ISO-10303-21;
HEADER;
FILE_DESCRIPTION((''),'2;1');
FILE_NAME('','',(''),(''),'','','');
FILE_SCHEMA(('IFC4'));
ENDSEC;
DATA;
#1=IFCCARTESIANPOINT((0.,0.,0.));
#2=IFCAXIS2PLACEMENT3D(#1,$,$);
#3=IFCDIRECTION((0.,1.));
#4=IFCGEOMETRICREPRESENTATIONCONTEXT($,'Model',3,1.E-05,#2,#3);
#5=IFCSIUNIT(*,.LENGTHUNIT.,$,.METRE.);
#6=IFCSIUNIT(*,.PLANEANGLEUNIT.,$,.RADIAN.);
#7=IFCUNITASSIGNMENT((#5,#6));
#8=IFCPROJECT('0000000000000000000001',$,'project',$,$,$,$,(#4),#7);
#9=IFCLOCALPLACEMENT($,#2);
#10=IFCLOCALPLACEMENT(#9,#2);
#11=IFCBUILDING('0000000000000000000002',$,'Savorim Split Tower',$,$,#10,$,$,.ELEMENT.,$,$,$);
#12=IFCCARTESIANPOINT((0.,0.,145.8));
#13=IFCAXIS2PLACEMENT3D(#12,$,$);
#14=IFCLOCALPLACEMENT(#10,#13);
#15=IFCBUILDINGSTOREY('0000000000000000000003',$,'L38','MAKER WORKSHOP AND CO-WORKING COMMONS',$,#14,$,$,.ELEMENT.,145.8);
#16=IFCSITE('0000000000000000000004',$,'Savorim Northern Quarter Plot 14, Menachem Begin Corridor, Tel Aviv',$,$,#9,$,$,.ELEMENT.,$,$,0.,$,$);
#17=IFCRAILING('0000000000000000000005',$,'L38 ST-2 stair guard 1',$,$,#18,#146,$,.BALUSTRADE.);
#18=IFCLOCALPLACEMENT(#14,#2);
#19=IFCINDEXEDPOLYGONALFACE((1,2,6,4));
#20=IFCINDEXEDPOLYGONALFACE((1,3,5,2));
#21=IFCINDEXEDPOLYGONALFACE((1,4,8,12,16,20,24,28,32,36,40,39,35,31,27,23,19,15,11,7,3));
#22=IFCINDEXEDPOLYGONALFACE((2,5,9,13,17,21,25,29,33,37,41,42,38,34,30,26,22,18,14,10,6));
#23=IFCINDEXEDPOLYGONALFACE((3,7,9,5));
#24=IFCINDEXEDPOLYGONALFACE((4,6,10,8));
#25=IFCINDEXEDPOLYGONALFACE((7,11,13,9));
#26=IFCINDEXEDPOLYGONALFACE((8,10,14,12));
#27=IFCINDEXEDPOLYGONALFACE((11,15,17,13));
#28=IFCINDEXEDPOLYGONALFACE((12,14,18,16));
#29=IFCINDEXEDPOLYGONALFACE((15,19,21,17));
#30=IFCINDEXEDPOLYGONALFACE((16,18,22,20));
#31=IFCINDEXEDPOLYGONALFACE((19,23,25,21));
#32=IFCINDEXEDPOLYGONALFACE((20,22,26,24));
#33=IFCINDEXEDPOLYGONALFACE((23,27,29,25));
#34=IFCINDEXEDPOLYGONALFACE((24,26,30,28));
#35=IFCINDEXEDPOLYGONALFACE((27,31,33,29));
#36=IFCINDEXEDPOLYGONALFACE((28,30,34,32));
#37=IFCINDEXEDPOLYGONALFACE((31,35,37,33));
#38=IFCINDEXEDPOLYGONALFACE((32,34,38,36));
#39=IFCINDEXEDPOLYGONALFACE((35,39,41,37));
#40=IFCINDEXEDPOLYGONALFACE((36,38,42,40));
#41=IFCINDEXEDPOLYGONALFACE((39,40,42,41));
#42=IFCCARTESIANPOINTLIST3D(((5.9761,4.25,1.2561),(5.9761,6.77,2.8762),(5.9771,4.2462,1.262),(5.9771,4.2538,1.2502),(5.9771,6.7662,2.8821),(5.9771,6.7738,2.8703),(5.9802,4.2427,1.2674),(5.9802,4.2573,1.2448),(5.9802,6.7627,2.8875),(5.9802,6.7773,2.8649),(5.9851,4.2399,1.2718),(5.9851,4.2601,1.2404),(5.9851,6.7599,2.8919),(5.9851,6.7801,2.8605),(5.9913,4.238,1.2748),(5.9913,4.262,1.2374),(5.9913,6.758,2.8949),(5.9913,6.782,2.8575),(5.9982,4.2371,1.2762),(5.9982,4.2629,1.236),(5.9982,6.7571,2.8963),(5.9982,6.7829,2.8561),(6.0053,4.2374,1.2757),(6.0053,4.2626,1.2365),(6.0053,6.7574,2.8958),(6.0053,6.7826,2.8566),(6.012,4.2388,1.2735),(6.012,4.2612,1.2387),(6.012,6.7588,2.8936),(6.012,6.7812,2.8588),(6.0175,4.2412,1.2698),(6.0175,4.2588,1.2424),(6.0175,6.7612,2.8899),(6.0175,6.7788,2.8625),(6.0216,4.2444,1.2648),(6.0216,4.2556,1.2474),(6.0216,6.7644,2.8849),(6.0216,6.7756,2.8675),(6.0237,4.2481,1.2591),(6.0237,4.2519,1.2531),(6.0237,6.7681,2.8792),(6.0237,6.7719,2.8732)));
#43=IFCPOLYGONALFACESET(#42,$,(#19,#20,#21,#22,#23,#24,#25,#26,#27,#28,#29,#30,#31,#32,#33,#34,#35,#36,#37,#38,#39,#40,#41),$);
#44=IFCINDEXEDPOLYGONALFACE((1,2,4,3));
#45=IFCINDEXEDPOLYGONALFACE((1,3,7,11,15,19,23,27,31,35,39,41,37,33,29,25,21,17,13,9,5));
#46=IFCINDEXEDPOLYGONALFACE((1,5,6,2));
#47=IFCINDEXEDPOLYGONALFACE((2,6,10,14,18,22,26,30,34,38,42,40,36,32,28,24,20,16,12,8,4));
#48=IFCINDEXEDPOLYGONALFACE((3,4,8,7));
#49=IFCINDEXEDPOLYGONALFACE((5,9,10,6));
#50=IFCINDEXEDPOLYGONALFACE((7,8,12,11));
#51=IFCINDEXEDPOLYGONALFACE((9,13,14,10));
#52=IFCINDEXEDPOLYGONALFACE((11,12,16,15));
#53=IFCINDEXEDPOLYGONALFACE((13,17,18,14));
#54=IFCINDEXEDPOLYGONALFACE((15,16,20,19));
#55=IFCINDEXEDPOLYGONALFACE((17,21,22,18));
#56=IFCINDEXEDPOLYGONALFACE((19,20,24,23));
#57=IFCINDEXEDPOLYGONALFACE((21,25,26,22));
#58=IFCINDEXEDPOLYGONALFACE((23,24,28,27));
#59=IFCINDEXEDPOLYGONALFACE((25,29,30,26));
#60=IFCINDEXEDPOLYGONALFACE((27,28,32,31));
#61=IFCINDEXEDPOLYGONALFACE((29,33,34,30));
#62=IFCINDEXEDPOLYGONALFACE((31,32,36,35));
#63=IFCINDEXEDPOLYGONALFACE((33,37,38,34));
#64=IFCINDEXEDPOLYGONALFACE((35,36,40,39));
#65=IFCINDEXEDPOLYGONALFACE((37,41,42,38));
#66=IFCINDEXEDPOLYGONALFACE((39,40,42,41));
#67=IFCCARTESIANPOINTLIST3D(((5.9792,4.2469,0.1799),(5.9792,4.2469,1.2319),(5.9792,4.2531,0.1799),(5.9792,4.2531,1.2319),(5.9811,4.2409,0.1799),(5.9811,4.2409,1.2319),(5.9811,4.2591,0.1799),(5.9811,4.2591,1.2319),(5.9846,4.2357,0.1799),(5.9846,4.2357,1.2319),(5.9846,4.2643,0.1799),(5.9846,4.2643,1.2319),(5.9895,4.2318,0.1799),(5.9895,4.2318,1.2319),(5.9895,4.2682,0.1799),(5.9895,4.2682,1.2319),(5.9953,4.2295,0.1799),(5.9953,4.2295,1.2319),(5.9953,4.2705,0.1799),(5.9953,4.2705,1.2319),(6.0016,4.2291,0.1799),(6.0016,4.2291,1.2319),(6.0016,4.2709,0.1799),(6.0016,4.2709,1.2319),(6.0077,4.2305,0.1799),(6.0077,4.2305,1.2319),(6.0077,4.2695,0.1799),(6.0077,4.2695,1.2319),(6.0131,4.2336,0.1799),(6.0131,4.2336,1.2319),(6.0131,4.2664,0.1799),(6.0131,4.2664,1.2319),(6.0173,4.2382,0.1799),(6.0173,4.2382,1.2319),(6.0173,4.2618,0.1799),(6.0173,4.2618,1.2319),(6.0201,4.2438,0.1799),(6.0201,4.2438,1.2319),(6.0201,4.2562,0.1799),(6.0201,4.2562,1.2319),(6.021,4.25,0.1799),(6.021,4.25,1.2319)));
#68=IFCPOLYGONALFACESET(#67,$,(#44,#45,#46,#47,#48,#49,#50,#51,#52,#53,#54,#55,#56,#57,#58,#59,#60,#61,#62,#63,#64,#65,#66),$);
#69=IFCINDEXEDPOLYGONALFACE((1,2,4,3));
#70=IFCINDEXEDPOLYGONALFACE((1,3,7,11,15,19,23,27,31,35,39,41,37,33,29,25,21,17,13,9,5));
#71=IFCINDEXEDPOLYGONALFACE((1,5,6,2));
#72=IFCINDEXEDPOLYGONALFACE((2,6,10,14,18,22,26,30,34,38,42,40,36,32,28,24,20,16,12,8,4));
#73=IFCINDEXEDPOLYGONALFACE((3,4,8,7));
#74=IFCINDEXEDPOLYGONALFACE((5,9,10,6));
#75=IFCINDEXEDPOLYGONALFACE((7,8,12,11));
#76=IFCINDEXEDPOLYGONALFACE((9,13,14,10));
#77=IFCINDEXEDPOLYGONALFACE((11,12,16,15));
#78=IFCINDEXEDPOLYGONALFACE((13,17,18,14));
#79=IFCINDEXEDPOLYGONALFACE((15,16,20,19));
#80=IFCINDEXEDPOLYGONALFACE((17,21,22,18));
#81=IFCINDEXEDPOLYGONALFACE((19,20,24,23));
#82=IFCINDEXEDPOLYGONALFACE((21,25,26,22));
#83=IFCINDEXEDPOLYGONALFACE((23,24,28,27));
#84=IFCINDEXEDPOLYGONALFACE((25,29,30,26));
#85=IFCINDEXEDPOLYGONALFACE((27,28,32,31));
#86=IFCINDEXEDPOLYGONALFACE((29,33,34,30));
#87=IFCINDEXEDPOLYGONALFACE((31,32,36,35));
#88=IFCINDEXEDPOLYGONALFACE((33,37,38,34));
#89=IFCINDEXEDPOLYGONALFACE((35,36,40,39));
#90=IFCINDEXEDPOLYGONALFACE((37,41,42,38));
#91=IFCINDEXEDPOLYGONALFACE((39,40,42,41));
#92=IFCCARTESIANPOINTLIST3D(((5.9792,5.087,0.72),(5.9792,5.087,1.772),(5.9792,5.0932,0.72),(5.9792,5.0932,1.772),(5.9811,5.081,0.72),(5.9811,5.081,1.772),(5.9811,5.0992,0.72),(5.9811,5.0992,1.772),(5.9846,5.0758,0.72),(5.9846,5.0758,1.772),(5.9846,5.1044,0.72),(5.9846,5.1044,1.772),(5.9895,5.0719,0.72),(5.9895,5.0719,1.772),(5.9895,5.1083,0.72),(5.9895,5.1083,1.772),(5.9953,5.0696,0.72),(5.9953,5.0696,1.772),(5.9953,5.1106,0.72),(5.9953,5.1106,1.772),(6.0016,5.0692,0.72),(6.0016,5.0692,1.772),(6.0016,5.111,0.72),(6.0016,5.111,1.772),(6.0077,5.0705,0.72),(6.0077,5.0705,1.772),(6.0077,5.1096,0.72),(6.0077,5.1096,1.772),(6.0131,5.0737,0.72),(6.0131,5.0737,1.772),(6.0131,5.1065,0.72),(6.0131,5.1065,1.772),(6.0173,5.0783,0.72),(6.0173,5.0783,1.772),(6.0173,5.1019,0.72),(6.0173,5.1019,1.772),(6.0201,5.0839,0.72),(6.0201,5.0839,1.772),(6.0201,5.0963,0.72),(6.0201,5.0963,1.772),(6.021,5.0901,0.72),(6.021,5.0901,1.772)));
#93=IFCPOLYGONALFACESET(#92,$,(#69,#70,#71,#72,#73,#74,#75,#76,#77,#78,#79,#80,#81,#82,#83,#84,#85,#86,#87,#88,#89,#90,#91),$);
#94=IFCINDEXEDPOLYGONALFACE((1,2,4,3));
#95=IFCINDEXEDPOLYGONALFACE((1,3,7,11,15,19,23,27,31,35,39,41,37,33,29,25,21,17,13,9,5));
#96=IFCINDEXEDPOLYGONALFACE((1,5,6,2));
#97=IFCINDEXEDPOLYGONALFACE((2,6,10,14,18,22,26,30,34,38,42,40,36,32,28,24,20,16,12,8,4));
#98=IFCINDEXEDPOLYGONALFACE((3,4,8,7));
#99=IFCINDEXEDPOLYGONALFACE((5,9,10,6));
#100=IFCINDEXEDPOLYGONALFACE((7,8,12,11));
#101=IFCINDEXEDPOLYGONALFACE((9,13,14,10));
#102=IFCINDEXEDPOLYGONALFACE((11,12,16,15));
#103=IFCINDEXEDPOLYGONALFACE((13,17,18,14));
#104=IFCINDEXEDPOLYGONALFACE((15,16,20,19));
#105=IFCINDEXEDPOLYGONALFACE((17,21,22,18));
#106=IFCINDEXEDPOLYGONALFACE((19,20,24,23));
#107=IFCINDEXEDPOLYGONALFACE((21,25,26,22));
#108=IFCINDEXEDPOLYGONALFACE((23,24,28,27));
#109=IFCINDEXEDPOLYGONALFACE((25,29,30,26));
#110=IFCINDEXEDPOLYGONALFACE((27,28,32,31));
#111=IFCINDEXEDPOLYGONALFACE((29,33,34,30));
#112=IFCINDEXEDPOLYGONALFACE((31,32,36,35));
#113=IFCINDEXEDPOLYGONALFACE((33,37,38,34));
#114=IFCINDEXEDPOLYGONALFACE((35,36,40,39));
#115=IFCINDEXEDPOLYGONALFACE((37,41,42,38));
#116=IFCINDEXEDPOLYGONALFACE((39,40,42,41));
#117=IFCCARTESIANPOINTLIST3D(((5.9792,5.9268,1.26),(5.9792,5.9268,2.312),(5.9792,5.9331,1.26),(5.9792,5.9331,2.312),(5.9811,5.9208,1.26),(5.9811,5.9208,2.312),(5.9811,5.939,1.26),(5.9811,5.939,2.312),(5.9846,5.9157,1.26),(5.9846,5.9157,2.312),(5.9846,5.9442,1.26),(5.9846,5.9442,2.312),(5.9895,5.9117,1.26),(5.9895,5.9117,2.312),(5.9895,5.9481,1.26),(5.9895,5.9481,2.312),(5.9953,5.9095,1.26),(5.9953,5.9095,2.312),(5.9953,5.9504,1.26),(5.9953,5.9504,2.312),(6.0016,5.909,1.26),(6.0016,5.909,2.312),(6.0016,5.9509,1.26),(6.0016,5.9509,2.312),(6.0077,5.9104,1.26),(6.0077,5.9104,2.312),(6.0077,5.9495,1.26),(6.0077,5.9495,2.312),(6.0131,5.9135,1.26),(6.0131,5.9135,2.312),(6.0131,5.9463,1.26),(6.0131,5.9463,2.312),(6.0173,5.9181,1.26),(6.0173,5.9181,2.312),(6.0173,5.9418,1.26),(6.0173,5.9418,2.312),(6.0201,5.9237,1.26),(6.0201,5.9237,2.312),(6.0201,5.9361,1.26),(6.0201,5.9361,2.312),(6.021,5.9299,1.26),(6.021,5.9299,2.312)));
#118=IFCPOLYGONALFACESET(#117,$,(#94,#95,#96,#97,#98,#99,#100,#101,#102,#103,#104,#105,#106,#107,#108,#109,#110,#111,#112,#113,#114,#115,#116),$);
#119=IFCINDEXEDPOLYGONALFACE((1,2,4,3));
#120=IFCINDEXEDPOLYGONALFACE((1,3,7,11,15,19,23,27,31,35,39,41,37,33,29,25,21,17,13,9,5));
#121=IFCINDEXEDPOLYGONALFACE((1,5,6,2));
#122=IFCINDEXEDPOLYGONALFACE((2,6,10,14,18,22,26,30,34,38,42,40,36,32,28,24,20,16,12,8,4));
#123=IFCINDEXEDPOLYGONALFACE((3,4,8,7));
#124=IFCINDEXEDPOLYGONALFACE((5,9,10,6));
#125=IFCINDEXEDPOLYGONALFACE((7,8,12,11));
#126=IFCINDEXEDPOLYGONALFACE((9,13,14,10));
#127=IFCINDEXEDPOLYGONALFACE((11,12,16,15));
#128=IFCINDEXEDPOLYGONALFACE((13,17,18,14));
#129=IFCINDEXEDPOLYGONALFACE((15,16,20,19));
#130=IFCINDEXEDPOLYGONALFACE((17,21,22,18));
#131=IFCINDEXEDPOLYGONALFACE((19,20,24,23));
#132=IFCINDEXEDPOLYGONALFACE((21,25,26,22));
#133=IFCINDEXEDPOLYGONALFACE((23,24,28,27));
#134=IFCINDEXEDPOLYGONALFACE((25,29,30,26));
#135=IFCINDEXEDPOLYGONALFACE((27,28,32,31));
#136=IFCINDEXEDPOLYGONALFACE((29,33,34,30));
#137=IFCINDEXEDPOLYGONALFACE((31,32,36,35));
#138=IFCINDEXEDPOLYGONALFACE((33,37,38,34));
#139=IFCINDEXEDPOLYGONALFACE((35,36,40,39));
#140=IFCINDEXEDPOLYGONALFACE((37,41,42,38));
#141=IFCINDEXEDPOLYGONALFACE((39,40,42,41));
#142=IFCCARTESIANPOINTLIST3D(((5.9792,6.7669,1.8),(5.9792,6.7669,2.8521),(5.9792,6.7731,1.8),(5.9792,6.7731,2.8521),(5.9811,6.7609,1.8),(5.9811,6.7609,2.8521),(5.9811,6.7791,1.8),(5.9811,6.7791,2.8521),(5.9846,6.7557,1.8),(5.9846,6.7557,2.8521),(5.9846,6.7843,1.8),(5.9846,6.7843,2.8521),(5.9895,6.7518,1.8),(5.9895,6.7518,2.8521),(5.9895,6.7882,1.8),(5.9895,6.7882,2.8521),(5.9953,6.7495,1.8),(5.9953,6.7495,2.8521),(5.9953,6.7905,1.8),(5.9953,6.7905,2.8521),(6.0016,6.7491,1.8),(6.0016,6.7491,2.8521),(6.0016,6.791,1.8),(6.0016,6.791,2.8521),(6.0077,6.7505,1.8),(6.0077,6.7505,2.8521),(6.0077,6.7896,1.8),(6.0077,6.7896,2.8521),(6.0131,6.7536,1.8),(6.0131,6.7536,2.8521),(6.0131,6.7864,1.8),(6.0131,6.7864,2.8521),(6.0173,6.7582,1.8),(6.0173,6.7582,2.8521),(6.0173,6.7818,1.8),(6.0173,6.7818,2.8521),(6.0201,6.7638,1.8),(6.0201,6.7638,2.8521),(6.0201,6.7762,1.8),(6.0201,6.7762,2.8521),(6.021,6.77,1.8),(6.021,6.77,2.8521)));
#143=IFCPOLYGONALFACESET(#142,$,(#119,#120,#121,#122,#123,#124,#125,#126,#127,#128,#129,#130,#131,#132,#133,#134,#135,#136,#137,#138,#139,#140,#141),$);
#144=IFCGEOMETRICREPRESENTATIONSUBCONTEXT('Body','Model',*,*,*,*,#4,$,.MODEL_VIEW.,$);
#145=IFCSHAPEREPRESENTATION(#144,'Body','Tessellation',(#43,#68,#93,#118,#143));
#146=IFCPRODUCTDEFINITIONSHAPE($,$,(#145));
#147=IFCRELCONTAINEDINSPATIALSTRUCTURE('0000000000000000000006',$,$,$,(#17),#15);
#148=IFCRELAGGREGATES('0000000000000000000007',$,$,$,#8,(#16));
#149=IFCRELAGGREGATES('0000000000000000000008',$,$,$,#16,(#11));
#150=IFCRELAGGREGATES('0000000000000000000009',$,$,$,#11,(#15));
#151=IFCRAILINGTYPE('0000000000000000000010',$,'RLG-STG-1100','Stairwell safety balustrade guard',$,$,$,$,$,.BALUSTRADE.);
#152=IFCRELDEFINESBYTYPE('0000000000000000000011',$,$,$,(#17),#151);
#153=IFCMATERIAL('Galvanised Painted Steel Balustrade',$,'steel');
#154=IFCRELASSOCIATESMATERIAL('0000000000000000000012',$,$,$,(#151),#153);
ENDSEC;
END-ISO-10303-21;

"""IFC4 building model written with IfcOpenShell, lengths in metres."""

from ifc_helpers import new_model, si_unit, direction, frame, origin, origin_2d, place, context, subcontext, project, spatial, circle, extrude, material, type_object, element, save


model = new_model("IFC4")

# Units and contexts
model_context = context("Model", 3, precision=1e-05, world=origin(), true_north=direction((0.0, 1.0)))
body_context = subcontext(model_context, "Body", "Model", "MODEL_VIEW")
ifc_project = project(units=[si_unit("LENGTHUNIT", "METRE"), si_unit("PLANEANGLEUNIT", "RADIAN")], contexts=[model_context])

# Site, building, storey
site_placement = place(None, origin())
site = spatial("IfcSite", under=ifc_project, at=site_placement, Name="Savorim Northern Quarter Plot 14, Menachem Begin Corridor, Tel Aviv", CompositionType="ELEMENT", RefElevation=0.0)
building_placement = place(site_placement, origin())
building = spatial("IfcBuilding", under=site, at=building_placement, Name="Savorim Split Tower", CompositionType="ELEMENT")
storey_placement = place(building_placement, frame((0.0, 0.0, 145.8)))
storey = spatial("IfcBuildingStorey", under=building, at=storey_placement, Name="L38", Description="MAKER WORKSHOP AND CO-WORKING COMMONS", CompositionType="ELEMENT", Elevation=145.8)

# Railing
ifc_material_1 = material(Name="Galvanised Painted Steel Balustrade", Category="steel")
railing_type_1 = type_object("IfcRailingType", Name="RLG-STG-1100", Description="Stairwell safety balustrade guard", PredefinedType="BALUSTRADE", material=ifc_material_1)
railing_1_placement = place(storey_placement, frame((6.0, 4.25, 0.1799)))
element("IfcRailing", 1, at=railing_1_placement, inside=storey, type_object=railing_type_1, Name="L38 ST-2 stair guard 1", PredefinedType="BALUSTRADE", context=body_context, shape_type="SweptSolid", body=[
    extrude(circle(Radius=0.0239, at=origin_2d()), frame((0.0, 0.0, 1.0762), z_axis=(0.0, 0.841163, 0.540782), x_axis=(-1.0, 0.0, 0.0)), (0.0, 0.0, 1.0), 2.9958),
    extrude(circle(Radius=0.021, at=origin_2d()), origin(), (0.0, 0.0, 1.0), 1.052),
    extrude(circle(Radius=0.021, at=origin_2d()), frame((0.0, 0.8401, 0.54)), (0.0, 0.0, 1.0), 1.052),
    extrude(circle(Radius=0.021, at=origin_2d()), frame((0.0, 1.6799, 1.0801)), (0.0, 0.0, 1.0), 1.052),
    extrude(circle(Radius=0.021, at=origin_2d()), frame((0.0, 2.52, 1.6201)), (0.0, 0.0, 1.0), 1.052),
])

save(model, "model.ifc")
